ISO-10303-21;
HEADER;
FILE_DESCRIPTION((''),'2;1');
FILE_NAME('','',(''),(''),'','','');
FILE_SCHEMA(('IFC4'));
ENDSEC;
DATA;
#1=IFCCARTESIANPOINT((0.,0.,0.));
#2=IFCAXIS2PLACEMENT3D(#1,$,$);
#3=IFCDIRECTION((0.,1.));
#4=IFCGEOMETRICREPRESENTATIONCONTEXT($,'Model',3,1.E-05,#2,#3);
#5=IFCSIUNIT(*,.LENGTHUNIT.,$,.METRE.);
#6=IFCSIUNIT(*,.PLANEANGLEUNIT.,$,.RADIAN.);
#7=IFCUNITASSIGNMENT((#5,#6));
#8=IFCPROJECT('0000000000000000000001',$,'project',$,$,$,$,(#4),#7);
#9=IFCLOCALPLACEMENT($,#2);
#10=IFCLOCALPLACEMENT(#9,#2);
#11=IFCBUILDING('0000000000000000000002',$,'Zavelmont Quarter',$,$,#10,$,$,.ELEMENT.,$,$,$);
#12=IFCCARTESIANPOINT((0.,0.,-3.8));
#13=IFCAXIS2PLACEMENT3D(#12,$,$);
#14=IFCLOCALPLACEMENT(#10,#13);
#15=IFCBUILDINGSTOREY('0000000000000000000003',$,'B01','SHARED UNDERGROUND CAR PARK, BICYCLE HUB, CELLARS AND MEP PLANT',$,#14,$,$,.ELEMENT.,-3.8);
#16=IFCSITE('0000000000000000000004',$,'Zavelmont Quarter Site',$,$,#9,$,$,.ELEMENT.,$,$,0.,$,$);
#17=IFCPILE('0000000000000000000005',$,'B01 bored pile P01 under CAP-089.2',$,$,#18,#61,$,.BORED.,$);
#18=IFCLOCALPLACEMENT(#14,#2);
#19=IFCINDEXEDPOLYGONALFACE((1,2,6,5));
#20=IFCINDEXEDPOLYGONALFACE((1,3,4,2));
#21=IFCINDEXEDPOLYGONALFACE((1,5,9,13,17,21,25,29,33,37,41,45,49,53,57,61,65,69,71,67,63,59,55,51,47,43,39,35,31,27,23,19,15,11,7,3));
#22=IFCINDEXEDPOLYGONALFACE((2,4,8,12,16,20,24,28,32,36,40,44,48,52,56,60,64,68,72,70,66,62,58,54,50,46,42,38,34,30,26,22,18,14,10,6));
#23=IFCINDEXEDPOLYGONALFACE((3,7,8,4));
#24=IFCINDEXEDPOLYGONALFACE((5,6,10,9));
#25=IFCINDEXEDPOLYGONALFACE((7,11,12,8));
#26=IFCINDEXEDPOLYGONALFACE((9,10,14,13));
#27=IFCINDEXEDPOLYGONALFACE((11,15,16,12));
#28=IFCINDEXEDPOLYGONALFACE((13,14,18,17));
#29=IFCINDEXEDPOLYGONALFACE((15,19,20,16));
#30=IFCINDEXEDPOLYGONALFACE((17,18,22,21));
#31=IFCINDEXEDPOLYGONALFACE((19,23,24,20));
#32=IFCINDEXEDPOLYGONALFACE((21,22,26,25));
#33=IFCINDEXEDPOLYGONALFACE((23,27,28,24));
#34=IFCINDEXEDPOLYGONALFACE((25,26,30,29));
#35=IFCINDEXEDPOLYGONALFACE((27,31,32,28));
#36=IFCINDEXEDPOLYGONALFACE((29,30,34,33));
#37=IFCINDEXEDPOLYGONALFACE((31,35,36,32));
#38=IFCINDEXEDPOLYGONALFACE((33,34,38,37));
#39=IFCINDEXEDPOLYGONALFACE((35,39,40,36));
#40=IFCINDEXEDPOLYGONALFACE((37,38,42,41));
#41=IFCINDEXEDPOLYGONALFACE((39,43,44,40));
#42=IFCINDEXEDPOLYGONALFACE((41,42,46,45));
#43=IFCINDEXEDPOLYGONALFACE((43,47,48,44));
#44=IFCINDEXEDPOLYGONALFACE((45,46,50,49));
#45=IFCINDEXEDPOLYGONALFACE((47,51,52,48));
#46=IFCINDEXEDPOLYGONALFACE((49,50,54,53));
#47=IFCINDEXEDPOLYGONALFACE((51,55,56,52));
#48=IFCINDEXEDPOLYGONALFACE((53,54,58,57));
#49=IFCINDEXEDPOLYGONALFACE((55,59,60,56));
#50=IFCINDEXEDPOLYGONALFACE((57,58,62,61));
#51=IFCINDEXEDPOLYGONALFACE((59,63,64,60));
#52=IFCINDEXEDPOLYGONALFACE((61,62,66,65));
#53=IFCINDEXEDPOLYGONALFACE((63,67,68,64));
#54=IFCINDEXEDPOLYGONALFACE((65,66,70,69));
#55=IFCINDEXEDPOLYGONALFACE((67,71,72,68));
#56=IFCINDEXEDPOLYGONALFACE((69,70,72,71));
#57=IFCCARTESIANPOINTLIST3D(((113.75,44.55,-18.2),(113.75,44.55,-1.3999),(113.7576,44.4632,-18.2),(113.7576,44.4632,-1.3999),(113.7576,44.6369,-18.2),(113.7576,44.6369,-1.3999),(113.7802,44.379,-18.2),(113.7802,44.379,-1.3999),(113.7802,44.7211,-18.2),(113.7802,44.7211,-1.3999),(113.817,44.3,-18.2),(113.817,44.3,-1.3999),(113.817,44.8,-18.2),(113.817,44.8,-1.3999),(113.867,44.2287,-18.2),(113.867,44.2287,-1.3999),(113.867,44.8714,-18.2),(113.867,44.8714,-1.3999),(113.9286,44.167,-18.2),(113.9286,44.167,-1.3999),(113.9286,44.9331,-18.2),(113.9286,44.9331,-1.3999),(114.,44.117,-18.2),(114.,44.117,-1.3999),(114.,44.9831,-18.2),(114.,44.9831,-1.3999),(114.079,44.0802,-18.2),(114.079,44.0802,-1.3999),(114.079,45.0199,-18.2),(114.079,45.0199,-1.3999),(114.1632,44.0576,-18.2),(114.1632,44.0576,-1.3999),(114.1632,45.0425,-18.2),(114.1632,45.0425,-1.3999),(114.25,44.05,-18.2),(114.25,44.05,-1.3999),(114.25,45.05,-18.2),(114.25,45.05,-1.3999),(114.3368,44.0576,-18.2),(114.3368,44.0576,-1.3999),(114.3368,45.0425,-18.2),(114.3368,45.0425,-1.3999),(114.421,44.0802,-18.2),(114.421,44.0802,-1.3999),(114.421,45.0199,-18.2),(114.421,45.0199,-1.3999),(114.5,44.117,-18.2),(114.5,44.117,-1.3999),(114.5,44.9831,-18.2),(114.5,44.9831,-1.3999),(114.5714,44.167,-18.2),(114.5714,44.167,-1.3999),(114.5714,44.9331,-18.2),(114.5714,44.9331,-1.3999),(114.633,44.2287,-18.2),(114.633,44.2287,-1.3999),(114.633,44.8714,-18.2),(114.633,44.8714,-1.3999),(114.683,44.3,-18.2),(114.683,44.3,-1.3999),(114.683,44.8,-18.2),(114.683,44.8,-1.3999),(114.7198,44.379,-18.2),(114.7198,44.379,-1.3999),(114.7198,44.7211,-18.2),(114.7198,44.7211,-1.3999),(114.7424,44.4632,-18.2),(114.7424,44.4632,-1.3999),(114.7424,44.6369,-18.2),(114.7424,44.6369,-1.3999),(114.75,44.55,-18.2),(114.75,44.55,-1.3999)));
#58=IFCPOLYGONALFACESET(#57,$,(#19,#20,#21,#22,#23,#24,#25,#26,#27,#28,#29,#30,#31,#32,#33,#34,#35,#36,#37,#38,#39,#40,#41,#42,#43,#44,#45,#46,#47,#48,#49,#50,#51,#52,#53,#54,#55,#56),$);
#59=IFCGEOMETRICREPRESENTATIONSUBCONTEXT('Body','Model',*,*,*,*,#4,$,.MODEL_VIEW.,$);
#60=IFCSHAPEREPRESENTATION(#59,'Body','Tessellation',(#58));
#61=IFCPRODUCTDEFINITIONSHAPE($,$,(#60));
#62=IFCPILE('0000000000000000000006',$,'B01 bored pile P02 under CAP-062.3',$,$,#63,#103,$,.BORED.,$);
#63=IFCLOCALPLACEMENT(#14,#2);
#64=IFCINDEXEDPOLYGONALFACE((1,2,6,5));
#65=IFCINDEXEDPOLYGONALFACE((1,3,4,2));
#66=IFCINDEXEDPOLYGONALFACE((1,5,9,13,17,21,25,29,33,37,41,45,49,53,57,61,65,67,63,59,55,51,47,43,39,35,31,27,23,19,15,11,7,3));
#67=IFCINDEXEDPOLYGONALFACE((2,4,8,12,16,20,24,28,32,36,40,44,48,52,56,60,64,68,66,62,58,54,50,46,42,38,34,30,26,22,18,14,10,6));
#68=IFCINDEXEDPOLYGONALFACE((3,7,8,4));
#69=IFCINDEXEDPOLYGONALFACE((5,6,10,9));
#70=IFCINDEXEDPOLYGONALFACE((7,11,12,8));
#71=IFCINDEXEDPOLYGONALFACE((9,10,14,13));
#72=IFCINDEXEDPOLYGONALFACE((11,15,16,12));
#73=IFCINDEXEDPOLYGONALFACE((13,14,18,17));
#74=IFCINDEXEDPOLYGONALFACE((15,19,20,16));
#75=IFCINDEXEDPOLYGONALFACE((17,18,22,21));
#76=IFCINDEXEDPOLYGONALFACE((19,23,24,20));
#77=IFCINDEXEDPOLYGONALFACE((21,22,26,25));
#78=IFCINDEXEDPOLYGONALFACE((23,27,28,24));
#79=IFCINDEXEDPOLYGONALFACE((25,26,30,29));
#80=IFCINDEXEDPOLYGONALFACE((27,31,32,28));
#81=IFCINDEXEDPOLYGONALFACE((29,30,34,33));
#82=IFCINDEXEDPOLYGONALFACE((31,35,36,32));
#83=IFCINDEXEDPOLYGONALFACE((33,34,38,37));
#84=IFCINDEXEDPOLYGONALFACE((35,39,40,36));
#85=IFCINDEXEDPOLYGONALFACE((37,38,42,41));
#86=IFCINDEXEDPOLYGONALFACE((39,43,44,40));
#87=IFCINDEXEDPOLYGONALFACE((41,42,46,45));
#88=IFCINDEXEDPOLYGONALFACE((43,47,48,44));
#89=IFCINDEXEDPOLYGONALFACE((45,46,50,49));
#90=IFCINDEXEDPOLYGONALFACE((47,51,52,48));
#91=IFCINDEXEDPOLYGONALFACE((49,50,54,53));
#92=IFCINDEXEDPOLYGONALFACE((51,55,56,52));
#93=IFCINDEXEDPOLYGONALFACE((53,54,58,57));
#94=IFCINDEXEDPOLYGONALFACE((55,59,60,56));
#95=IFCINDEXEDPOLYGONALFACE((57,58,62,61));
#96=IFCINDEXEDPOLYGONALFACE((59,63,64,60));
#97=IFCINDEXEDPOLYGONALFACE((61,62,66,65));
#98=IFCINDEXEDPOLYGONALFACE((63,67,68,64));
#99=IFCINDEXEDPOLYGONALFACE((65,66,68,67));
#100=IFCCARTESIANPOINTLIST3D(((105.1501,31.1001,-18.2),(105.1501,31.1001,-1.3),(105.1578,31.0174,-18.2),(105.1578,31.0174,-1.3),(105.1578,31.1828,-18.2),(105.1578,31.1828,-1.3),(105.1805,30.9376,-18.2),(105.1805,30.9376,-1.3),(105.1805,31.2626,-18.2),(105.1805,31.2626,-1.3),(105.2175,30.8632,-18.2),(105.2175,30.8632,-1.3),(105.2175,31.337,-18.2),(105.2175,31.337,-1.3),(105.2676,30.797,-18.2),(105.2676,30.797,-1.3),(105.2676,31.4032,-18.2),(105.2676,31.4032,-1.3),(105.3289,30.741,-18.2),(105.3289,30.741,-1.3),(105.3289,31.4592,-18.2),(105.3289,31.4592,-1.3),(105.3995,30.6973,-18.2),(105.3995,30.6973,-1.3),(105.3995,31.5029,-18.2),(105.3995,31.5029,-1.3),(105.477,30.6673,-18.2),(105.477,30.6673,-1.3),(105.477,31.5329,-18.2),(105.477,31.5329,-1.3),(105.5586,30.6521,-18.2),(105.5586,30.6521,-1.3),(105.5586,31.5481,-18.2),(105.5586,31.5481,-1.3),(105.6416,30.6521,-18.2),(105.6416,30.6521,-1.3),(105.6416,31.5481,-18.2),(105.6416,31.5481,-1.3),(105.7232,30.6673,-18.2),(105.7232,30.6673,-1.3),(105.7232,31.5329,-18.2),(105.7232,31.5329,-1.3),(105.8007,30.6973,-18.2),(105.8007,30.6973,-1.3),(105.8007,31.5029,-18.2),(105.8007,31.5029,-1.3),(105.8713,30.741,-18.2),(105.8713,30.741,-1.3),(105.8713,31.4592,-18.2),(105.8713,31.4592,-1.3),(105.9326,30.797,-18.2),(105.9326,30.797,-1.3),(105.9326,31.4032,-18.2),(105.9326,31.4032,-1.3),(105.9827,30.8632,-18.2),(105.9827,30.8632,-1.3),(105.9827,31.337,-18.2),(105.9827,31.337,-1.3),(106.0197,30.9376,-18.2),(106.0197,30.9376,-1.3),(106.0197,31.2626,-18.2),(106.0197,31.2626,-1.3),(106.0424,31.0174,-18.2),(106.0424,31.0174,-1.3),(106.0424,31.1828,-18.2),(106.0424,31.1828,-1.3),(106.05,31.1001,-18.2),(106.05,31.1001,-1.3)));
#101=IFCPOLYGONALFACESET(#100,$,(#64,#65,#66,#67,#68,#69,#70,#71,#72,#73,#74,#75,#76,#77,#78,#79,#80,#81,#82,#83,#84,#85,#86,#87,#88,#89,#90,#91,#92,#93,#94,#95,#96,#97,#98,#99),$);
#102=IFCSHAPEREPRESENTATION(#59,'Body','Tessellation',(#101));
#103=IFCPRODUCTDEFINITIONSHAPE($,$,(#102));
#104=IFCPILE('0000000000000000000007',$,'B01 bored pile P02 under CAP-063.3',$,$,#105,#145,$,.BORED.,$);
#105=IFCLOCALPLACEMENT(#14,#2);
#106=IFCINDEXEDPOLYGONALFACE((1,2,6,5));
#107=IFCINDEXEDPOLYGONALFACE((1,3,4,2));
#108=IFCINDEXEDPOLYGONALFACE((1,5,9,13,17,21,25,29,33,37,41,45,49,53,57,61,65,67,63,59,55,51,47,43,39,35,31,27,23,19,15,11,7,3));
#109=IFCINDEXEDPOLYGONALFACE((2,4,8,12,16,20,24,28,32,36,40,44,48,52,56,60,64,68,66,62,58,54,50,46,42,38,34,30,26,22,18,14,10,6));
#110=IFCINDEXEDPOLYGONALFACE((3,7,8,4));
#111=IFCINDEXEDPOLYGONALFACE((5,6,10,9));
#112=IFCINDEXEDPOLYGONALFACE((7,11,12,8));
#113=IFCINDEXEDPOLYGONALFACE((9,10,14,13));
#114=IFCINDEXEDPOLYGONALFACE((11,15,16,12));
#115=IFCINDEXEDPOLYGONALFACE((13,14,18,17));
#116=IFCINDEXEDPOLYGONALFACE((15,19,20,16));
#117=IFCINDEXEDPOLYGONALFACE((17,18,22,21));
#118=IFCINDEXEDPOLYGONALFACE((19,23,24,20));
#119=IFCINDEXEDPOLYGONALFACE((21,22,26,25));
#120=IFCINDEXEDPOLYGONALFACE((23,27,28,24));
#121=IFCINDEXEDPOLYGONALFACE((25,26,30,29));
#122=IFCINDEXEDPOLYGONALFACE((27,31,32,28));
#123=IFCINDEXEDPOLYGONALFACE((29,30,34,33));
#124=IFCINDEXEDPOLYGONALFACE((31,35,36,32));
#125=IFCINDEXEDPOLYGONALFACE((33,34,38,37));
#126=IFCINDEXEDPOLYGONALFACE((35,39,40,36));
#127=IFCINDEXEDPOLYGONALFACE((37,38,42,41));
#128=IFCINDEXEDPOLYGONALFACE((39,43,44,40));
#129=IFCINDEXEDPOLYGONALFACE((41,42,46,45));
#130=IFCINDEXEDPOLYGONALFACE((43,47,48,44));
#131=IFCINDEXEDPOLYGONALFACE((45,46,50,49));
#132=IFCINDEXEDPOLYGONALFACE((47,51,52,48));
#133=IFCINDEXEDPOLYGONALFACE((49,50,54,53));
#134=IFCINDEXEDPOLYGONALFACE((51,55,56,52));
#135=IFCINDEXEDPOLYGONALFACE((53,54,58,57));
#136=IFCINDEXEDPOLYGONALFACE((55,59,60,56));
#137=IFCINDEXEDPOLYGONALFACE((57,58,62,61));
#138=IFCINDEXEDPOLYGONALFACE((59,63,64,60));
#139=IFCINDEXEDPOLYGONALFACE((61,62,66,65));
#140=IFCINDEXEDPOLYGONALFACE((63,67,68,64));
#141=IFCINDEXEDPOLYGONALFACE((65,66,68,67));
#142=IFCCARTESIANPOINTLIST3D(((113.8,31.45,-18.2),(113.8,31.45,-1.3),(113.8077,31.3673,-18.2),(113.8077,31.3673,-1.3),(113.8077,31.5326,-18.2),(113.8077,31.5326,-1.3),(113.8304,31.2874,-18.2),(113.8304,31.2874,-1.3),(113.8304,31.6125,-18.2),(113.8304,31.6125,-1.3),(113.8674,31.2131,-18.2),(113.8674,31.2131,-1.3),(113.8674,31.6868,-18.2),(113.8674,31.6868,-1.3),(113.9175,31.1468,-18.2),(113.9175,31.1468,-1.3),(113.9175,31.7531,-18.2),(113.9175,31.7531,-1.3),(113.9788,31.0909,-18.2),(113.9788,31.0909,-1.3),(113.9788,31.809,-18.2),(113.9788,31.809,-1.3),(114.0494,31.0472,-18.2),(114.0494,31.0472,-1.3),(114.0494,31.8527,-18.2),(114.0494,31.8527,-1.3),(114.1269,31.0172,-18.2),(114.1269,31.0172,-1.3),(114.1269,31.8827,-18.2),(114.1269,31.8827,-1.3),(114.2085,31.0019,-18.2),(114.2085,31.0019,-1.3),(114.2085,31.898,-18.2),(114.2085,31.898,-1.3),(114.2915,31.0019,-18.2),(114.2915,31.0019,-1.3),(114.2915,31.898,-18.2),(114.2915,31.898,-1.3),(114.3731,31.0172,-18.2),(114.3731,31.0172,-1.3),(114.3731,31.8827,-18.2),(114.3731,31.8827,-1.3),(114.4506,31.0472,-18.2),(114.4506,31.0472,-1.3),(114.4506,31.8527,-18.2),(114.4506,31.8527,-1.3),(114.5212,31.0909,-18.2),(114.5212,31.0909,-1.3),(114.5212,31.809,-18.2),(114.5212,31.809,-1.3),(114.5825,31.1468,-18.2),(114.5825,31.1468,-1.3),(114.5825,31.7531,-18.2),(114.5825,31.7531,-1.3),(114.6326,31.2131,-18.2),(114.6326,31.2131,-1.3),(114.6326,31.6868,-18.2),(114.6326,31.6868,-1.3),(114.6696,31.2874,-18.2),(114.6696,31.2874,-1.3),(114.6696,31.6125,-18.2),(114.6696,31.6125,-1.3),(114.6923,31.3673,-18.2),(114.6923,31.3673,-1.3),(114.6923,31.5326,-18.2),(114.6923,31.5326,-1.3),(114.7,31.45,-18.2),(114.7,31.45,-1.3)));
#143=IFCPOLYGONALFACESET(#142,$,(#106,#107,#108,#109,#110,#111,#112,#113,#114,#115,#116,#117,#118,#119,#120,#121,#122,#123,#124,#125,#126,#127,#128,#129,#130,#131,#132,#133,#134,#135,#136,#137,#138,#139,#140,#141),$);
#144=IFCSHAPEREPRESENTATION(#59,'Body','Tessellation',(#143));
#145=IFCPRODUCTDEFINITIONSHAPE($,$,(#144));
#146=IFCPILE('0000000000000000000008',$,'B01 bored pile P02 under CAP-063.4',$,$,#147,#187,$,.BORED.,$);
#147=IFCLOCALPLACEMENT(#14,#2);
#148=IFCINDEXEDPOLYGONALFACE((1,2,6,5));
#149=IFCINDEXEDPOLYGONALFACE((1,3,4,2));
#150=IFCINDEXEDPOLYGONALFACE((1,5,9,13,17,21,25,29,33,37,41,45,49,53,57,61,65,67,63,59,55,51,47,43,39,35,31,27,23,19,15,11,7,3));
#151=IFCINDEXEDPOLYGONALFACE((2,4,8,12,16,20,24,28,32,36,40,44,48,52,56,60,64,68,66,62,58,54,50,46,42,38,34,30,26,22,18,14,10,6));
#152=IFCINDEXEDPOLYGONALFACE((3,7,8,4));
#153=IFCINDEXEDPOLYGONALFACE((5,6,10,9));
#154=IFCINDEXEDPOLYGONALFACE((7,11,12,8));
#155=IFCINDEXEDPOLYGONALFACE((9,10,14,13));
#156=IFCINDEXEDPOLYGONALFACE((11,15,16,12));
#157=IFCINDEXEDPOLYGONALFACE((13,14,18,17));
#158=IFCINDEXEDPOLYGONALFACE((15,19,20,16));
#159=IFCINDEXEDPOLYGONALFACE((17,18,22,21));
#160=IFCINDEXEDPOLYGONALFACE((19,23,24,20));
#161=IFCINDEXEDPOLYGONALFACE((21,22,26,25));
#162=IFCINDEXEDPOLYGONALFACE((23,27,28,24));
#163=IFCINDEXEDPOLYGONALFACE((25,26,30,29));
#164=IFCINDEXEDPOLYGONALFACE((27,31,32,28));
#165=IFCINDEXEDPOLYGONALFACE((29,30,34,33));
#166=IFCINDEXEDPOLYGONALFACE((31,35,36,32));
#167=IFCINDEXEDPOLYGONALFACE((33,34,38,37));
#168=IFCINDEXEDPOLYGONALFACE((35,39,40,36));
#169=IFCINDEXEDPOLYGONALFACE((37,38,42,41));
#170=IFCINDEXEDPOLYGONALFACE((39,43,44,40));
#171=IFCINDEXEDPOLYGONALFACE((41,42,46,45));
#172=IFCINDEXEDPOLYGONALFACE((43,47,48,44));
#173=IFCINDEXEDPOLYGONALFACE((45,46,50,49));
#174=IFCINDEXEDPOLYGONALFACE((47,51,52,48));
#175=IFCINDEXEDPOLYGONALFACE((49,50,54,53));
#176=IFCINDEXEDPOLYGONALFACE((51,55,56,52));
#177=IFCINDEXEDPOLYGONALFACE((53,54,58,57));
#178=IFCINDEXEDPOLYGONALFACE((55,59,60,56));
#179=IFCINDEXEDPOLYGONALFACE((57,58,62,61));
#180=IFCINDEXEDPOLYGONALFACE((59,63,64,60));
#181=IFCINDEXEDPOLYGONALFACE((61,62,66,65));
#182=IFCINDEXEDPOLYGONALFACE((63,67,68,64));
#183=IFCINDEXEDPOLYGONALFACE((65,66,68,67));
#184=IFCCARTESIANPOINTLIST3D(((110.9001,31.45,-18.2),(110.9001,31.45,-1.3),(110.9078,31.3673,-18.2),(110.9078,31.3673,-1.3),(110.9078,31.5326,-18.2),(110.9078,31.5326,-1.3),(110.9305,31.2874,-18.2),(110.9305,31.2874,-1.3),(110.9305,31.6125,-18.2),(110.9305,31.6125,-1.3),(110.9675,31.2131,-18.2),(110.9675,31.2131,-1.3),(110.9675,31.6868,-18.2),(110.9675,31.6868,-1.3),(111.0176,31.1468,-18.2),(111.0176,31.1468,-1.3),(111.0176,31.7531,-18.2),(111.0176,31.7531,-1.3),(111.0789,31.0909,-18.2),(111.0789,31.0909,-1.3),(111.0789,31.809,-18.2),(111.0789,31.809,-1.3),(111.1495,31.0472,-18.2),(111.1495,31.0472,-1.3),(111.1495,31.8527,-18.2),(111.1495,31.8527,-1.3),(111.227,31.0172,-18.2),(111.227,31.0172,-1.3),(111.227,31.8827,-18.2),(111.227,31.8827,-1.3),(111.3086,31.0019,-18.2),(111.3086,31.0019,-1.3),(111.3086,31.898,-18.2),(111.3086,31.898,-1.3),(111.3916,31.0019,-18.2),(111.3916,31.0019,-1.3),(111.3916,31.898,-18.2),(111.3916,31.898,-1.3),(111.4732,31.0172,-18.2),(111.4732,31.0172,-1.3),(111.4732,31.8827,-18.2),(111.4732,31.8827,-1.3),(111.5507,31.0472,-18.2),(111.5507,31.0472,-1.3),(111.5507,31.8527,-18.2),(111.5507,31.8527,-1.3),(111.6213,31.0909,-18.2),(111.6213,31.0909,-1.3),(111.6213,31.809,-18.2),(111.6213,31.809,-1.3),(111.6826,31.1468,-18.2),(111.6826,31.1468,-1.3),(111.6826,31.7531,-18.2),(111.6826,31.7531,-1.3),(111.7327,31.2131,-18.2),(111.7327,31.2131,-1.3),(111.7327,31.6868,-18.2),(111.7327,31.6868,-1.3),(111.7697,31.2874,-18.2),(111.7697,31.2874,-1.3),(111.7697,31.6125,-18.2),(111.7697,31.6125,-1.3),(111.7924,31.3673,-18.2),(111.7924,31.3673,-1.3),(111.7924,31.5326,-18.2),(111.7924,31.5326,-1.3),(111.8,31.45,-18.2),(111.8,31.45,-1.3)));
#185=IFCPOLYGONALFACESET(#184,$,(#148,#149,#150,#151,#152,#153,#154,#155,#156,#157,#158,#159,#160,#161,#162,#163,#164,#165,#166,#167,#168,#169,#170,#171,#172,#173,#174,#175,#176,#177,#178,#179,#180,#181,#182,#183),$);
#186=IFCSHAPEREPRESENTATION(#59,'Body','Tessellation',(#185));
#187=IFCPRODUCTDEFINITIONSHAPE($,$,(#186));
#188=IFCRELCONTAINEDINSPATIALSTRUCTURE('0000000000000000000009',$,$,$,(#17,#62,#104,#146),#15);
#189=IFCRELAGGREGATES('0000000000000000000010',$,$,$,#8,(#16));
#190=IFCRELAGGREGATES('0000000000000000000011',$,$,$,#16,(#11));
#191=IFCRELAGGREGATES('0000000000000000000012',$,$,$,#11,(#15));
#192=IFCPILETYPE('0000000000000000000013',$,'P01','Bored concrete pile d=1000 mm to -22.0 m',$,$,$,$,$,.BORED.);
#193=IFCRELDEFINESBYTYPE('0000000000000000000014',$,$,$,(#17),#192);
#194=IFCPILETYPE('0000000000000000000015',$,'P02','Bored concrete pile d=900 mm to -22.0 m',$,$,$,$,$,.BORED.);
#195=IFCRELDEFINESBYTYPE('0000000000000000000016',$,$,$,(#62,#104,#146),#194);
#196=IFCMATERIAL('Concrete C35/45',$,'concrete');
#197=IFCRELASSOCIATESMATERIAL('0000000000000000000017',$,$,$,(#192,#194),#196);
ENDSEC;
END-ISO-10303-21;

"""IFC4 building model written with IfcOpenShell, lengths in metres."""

from ifc_helpers import new_model, si_unit, direction, frame, origin, origin_2d, place, context, subcontext, project, spatial, circle, extrude, material, material_profile, profile_set, type_object, element, save


model = new_model("IFC4")

# Units and contexts
model_context = context("Model", 3, precision=1e-05, world=origin(), true_north=direction((0.0, 1.0)))
body_context = subcontext(model_context, "Body", "Model", "MODEL_VIEW")
ifc_project = project(units=[si_unit("LENGTHUNIT", "METRE"), si_unit("PLANEANGLEUNIT", "RADIAN")], contexts=[model_context])

# Site, building, storey
site_placement = place(None, origin())
site = spatial("IfcSite", under=ifc_project, at=site_placement, Name="Zavelmont Quarter Site", CompositionType="ELEMENT", RefElevation=0.0)
building_placement = place(site_placement, origin())
building = spatial("IfcBuilding", under=site, at=building_placement, Name="Zavelmont Quarter", CompositionType="ELEMENT")
storey_placement = place(building_placement, frame((0.0, 0.0, -3.8)))
storey = spatial("IfcBuildingStorey", under=building, at=storey_placement, Name="B01", Description="SHARED UNDERGROUND CAR PARK, BICYCLE HUB, CELLARS AND MEP PLANT", CompositionType="ELEMENT", Elevation=-3.8)

# Shared definitions
ifc_material_1 = material(Name="Concrete C35/45", Category="concrete")

# Piles
ifc_material_profile_1 = material_profile(ifc_material_1, circle(Radius=0.5, at=origin_2d()), Name="BP1000")
ifc_profile_set_1 = profile_set([ifc_material_profile_1], Name="Concrete C35/45")
pile_type_1 = type_object("IfcPileType", Name="P01", Description="Bored concrete pile d=1000 mm to -22.0 m", PredefinedType="BORED", material=ifc_profile_set_1)
for number, where, z_axis, x_axis, name in (
    (1, (114.25, 44.55, -1.3999), (0.0, 0.0, -1.0), (1.0, 0.0, 0.0), "B01 bored pile P01 under CAP-089.2"),
):
    element("IfcPile", number, at=place(storey_placement, frame(where, z_axis=z_axis, x_axis=x_axis)), inside=storey, type_object=pile_type_1, Name=name, PredefinedType="BORED", context=body_context, shape_type="SweptSolid", body=[
        extrude(circle(Radius=0.5, at=origin_2d()), origin(), (0.0, 0.0, 1.0), 16.8),
    ])
ifc_material_profile_2 = material_profile(ifc_material_1, circle(Radius=0.45, at=origin_2d()), Name="BP900")
ifc_profile_set_2 = profile_set([ifc_material_profile_2], Name="Concrete C35/45")
pile_type_2 = type_object("IfcPileType", Name="P02", Description="Bored concrete pile d=900 mm to -22.0 m", PredefinedType="BORED", material=ifc_profile_set_2)
for number, where, z_axis, x_axis, name in (
    (2, (105.6001, 31.1001, -1.3), (0.0, 0.0, -1.0), (1.0, 0.0, 0.0), "B01 bored pile P02 under CAP-062.3"),
    (3, (114.25, 31.45, -1.3), (0.0, 0.0, -1.0), (1.0, 0.0, 0.0), "B01 bored pile P02 under CAP-063.3"),
    (4, (111.3501, 31.45, -1.3), (0.0, 0.0, -1.0), (1.0, 0.0, 0.0), "B01 bored pile P02 under CAP-063.4"),
):
    element("IfcPile", number, at=place(storey_placement, frame(where, z_axis=z_axis, x_axis=x_axis)), inside=storey, type_object=pile_type_2, Name=name, PredefinedType="BORED", context=body_context, shape_type="SweptSolid", body=[
        extrude(circle(Radius=0.45, at=origin_2d()), origin(), (0.0, 0.0, 1.0), 16.8999),
    ])

save(model, "model.ifc")
